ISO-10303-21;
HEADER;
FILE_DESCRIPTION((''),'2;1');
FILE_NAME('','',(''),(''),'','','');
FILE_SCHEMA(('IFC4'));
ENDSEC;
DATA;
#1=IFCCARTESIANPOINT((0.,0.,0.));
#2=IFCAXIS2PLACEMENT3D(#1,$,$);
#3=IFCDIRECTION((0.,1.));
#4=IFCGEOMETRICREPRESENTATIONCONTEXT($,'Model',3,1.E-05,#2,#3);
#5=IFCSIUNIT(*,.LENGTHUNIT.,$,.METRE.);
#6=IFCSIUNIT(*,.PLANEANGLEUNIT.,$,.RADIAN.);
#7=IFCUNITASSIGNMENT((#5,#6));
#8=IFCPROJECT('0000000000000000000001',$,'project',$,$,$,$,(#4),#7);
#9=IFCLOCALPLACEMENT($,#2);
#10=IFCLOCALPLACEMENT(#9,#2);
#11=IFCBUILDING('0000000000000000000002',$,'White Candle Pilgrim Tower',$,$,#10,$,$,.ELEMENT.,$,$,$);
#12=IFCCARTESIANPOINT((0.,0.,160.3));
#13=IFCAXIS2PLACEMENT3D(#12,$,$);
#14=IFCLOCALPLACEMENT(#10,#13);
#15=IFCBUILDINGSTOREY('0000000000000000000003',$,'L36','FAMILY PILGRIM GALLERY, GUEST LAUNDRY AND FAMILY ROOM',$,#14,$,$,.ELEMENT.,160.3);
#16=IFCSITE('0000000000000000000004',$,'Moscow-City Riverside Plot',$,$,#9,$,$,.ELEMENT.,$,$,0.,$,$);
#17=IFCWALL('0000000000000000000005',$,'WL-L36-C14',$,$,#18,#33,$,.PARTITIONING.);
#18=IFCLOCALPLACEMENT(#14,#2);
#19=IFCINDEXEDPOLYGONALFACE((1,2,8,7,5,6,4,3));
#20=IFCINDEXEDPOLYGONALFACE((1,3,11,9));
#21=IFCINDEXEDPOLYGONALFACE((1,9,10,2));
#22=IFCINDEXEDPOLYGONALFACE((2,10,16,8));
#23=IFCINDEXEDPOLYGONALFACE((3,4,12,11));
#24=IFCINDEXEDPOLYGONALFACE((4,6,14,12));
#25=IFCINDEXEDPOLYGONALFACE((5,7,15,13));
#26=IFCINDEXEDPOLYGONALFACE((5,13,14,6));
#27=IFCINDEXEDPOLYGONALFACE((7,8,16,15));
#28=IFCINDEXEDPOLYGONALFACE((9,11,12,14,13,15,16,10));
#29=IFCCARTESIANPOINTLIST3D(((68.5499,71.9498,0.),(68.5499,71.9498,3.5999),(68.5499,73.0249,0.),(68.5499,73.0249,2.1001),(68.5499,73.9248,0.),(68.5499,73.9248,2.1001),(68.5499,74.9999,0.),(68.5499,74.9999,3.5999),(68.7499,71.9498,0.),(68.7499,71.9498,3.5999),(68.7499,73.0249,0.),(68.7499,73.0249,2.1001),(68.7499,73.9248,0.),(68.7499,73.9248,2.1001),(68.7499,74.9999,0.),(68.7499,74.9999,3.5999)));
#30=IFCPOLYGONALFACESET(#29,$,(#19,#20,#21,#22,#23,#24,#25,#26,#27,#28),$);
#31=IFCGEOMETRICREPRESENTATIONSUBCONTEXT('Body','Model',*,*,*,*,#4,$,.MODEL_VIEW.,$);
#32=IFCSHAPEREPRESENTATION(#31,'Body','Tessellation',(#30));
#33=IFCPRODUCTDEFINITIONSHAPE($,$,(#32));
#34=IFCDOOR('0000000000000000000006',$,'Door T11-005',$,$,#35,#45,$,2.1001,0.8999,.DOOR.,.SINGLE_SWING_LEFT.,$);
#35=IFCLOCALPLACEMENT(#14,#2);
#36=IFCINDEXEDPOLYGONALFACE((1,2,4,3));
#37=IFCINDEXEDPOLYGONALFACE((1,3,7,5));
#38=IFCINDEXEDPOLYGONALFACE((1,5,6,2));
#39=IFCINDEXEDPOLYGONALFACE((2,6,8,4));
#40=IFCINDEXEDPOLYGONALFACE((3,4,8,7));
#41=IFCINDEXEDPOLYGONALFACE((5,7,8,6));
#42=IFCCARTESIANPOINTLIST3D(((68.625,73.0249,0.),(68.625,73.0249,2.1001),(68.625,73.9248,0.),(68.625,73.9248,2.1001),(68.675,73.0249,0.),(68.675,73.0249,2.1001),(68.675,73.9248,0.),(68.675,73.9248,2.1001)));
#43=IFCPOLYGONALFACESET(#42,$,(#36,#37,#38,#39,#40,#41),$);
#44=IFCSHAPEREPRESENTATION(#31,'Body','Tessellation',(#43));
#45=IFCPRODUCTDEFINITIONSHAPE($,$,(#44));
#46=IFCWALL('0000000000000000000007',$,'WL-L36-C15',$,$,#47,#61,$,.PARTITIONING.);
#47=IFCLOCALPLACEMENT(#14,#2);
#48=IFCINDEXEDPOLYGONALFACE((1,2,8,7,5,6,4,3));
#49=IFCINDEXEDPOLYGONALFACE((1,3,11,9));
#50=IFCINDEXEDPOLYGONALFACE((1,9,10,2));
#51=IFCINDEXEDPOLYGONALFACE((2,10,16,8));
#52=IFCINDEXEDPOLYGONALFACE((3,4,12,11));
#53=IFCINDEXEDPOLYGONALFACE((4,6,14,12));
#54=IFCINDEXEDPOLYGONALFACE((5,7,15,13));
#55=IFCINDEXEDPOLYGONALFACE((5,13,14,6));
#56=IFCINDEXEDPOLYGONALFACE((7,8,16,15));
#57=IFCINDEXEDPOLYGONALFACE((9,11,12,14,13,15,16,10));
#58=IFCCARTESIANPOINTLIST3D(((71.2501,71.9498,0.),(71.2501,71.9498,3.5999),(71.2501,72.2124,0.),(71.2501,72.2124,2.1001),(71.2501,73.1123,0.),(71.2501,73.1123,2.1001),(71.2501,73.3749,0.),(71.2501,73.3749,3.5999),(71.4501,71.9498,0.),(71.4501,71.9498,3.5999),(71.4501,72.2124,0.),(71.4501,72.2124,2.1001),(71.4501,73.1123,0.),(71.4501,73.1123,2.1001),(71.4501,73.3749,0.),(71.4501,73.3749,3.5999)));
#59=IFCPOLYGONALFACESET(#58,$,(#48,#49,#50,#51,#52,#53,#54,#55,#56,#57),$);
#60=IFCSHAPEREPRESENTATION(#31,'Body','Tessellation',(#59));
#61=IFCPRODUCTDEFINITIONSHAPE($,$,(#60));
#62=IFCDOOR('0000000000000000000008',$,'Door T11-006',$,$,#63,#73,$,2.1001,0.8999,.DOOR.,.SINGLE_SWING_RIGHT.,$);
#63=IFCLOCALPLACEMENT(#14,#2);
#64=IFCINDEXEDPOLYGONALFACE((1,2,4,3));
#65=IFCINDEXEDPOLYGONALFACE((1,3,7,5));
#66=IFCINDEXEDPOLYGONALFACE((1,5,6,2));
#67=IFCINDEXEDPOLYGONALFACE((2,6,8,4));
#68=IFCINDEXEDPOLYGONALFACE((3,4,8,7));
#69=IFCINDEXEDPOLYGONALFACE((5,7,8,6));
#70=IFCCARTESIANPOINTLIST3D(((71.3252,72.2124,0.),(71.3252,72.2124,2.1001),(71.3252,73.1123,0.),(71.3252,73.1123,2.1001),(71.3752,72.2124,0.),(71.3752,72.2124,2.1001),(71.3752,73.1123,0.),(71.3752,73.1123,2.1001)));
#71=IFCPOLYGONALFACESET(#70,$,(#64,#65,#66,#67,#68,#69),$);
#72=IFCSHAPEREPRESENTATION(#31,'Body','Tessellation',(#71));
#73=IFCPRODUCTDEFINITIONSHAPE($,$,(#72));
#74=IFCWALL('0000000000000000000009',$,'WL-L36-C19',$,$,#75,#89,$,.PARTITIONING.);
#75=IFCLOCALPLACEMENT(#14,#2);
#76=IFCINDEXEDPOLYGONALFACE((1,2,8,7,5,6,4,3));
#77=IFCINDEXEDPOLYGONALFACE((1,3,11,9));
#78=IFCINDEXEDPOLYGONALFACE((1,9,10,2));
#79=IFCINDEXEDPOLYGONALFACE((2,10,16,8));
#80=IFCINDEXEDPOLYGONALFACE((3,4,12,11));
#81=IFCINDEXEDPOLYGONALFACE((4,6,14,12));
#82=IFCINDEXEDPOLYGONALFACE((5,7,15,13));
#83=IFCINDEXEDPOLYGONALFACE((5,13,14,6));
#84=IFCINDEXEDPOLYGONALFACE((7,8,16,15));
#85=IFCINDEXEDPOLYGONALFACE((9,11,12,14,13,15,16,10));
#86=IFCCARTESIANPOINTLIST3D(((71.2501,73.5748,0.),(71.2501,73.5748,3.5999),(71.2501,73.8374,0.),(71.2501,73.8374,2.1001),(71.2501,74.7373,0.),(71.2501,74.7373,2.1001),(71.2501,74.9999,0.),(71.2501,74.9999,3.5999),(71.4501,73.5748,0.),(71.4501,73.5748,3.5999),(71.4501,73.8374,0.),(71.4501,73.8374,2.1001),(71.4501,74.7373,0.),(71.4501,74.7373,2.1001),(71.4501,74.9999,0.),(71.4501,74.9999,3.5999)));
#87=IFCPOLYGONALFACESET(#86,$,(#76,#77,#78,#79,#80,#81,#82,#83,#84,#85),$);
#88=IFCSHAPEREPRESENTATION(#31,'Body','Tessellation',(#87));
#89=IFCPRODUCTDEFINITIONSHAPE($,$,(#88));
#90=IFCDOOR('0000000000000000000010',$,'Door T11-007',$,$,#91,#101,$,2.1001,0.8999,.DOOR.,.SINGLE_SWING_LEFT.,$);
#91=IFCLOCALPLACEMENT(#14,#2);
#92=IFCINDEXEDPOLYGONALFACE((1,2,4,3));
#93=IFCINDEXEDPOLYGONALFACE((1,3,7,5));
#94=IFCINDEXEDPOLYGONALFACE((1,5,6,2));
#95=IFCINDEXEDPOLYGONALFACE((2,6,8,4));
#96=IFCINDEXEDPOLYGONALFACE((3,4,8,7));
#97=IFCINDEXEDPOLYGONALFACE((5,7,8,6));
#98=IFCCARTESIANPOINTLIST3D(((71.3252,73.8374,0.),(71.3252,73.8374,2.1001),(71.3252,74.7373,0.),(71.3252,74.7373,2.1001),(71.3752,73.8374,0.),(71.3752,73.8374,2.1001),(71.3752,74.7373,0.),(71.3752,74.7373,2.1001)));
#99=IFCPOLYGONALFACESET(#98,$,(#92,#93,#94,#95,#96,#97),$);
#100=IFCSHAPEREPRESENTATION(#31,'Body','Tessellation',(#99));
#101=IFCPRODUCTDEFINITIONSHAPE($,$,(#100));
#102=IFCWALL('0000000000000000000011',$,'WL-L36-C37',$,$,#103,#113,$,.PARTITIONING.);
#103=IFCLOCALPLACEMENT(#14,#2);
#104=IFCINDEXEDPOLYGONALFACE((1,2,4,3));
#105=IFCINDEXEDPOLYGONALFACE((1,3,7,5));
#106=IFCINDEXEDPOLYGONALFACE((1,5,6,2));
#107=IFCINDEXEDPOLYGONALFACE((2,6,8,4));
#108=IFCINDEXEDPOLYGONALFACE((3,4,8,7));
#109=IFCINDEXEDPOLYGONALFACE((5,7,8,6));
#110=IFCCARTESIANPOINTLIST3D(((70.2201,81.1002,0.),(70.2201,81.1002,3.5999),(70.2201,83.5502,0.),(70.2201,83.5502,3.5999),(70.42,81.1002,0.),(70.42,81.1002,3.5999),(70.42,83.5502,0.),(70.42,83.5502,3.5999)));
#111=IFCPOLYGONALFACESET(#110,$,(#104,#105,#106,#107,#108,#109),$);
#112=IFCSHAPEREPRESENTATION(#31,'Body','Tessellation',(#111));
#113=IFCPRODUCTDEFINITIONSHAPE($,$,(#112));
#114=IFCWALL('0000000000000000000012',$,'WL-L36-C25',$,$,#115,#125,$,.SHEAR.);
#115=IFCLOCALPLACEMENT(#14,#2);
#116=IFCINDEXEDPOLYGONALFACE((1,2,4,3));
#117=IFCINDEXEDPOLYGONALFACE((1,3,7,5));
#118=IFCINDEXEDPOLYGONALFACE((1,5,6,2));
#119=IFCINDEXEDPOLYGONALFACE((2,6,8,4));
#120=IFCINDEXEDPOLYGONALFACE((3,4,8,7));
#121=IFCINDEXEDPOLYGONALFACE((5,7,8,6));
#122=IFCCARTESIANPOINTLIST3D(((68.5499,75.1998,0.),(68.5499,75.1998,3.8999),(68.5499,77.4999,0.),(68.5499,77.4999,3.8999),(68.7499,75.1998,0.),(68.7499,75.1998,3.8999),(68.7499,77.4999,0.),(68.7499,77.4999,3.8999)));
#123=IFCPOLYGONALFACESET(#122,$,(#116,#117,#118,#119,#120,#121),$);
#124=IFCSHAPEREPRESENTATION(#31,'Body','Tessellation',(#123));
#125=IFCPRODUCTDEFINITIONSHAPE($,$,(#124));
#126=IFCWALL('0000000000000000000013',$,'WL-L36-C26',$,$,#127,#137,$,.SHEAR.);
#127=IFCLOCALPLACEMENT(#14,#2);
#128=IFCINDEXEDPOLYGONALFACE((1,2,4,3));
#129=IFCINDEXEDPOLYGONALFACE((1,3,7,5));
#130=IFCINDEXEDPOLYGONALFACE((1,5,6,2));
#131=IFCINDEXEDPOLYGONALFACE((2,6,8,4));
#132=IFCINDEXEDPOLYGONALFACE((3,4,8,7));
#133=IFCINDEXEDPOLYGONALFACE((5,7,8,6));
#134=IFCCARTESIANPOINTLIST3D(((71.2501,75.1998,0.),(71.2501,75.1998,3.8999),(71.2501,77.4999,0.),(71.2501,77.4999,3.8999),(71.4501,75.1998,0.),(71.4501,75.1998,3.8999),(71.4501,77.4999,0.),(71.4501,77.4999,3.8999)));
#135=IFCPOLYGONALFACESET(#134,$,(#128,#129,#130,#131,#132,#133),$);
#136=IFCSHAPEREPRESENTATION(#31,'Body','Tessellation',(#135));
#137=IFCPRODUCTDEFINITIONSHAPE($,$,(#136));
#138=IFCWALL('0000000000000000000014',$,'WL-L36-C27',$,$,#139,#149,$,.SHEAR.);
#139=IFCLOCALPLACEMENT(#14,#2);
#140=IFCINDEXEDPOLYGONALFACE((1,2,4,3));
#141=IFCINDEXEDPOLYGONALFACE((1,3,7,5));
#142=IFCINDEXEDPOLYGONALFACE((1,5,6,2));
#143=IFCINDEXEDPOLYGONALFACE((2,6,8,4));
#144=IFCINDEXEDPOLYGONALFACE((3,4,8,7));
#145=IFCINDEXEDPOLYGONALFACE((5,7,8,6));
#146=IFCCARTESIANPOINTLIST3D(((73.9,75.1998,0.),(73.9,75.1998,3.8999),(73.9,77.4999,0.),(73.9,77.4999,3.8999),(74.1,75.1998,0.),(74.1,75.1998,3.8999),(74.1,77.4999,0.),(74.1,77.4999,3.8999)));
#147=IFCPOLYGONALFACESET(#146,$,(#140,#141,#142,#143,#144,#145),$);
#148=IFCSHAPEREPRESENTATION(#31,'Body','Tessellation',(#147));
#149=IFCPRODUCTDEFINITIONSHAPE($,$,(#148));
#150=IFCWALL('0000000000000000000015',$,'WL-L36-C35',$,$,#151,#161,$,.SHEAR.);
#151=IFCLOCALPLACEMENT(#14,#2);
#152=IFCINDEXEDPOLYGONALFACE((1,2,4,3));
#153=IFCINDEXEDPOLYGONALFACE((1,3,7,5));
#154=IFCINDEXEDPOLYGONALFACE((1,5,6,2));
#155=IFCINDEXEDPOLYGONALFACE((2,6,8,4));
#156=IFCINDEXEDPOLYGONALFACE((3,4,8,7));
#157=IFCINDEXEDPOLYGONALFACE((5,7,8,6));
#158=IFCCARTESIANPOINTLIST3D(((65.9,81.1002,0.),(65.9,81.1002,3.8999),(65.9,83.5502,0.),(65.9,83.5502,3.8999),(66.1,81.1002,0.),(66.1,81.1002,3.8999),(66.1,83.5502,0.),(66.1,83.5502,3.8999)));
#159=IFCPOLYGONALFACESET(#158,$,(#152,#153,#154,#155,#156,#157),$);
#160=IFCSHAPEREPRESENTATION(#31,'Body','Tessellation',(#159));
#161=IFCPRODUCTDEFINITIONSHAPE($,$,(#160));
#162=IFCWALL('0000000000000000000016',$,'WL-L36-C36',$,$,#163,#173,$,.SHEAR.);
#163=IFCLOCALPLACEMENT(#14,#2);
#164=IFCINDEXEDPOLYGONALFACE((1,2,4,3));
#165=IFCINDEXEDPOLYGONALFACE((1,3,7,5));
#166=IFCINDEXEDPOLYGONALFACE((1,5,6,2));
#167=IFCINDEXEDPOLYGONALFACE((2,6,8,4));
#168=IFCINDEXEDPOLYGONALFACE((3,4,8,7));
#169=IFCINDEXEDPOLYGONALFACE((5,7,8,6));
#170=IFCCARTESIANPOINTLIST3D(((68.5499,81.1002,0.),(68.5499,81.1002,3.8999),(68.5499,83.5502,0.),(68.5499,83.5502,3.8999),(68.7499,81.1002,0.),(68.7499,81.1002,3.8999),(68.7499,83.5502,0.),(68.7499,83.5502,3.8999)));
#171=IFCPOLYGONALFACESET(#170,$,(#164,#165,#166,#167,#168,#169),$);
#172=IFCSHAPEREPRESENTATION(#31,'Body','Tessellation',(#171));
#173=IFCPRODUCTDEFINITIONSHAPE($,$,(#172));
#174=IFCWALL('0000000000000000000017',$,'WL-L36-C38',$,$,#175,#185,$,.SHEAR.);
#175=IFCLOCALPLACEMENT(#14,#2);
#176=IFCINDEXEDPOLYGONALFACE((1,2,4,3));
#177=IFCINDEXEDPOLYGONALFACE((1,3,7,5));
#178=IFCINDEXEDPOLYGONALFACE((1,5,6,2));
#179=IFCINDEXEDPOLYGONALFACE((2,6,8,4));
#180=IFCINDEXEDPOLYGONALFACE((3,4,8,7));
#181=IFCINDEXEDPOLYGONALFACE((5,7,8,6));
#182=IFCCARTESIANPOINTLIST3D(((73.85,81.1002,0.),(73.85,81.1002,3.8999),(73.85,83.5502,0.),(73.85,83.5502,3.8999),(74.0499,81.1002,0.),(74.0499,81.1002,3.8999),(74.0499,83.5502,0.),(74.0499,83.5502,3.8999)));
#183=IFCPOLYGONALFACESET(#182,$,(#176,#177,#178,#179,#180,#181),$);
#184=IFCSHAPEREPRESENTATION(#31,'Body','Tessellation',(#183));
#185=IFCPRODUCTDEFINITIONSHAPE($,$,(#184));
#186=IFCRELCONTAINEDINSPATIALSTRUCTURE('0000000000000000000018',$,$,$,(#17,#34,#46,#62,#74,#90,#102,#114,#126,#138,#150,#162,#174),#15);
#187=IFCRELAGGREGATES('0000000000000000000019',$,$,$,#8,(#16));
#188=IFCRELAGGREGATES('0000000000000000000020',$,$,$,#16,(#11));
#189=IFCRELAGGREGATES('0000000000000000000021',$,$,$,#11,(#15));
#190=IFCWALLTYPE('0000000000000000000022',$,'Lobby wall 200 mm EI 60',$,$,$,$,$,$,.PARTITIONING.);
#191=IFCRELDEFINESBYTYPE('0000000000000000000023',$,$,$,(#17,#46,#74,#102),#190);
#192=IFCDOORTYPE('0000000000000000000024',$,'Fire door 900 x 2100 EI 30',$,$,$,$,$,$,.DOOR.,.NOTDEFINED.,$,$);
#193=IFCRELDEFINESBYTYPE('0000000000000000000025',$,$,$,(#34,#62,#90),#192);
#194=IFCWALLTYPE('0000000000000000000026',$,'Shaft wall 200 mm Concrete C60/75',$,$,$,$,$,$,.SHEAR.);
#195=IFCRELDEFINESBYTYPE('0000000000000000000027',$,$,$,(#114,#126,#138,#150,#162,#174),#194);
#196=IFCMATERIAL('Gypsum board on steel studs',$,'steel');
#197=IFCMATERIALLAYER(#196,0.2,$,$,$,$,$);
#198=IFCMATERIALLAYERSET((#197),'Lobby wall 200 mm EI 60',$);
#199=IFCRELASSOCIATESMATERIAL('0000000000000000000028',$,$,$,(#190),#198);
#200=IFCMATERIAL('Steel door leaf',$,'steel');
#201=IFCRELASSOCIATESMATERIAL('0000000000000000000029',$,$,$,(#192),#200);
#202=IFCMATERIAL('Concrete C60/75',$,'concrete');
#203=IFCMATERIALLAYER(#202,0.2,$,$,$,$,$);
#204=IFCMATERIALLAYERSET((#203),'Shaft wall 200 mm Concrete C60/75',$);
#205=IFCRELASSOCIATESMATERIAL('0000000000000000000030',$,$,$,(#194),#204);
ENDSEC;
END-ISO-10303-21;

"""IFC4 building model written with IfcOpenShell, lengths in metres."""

from ifc_helpers import new_model, si_unit, direction, frame, frame_2d, origin, place, context, subcontext, project, spatial, rectangle, extrude, material, layer, layer_set, type_object, element, fill, save


model = new_model("IFC4")

# Units and contexts
model_context = context("Model", 3, precision=1e-05, world=origin(), true_north=direction((0.0, 1.0)))
body_context = subcontext(model_context, "Body", "Model", "MODEL_VIEW")
ifc_project = project(units=[si_unit("LENGTHUNIT", "METRE"), si_unit("PLANEANGLEUNIT", "RADIAN")], contexts=[model_context])

# Site, building, storey
site_placement = place(None, origin())
site = spatial("IfcSite", under=ifc_project, at=site_placement, Name="Moscow-City Riverside Plot", CompositionType="ELEMENT", RefElevation=0.0)
building_placement = place(site_placement, origin())
building = spatial("IfcBuilding", under=site, at=building_placement, Name="White Candle Pilgrim Tower", CompositionType="ELEMENT")
storey_placement = place(building_placement, frame((0.0, 0.0, 160.3)))
storey = spatial("IfcBuildingStorey", under=building, at=storey_placement, Name="L36", Description="FAMILY PILGRIM GALLERY, GUEST LAUNDRY AND FAMILY ROOM", CompositionType="ELEMENT", Elevation=160.3)

# Walls, openings, doors
ifc_material_1 = material(Name="Gypsum board on steel studs", Category="steel")
ifc_layer_1 = layer(ifc_material_1, 0.2)
ifc_layer_set_1 = layer_set([ifc_layer_1], Name="Lobby wall 200 mm EI 60")
wall_type_1 = type_object("IfcWallType", Name="Lobby wall 200 mm EI 60", PredefinedType="PARTITIONING", material=ifc_layer_set_1)
wall_1_placement = place(storey_placement, frame((68.6499, 71.95, 0.0), z_axis=(0.0, 0.0, 1.0), x_axis=(0.0, 1.0, 0.0)))
wall_1 = element("IfcWall", 1, at=wall_1_placement, inside=storey, type_object=wall_type_1, Name="WL-L36-C14", PredefinedType="PARTITIONING", context=body_context, shape_type="SweptSolid", body=[
    extrude(rectangle(XDim=3.05, YDim=0.2, at=frame_2d((1.5249, 0.0))), origin(), (0.0, 0.0, 1.0), 3.5999),
])
opening_1_placement = place(wall_1_placement, frame((1.075, 0.0, 0.0)))
opening_1 = element("IfcOpeningElement", 2, at=opening_1_placement, cuts=wall_1, PredefinedType="OPENING", context=body_context, shape_type="SweptSolid", body=[
    extrude(rectangle(XDim=0.8999, YDim=2.1001, at=frame_2d((0.45, 1.05))), frame((0.0, 0.1099, 0.0), z_axis=(0.0, -1.0, 0.0), x_axis=(1.0, 0.0, 0.0)), (0.0, 0.0, 1.0), 0.22),
])
ifc_material_2 = material(Name="Steel door leaf", Category="steel")
door_type_1 = type_object("IfcDoorType", Name="Fire door 900 x 2100 EI 30", OperationType="NOTDEFINED", PredefinedType="DOOR", material=ifc_material_2)
door_1_placement = place(opening_1_placement, origin())
door_1 = element("IfcDoor", 3, at=door_1_placement, inside=storey, type_object=door_type_1, Name="Door T11-005", OperationType="SINGLE_SWING_LEFT", OverallHeight=2.1001, OverallWidth=0.8999, PredefinedType="DOOR", context=body_context, shape_type="SweptSolid", body=[
    extrude(rectangle(XDim=0.8999, YDim=2.1001, at=frame_2d((0.45, 1.05))), frame((0.0, 0.0249, 0.0), z_axis=(0.0, -1.0, 0.0), x_axis=(1.0, 0.0, 0.0)), (0.0, 0.0, 1.0), 0.05),
])
fill(opening_1, door_1)
wall_2_placement = place(storey_placement, frame((71.3501, 71.95, 0.0), z_axis=(0.0, 0.0, 1.0), x_axis=(0.0, 1.0, 0.0)))
wall_2 = element("IfcWall", 4, at=wall_2_placement, inside=storey, type_object=wall_type_1, Name="WL-L36-C15", PredefinedType="PARTITIONING", context=body_context, shape_type="SweptSolid", body=[
    extrude(rectangle(XDim=1.425, YDim=0.2, at=frame_2d((0.7124, 0.0))), origin(), (0.0, 0.0, 1.0), 3.5999),
])
opening_2_placement = place(wall_2_placement, frame((0.2625, 0.0, 0.0)))
opening_2 = element("IfcOpeningElement", 5, at=opening_2_placement, cuts=wall_2, PredefinedType="OPENING", context=body_context, shape_type="SweptSolid", body=[
    extrude(rectangle(XDim=0.8999, YDim=2.1001, at=frame_2d((0.45, 1.05))), frame((0.0, 0.1099, 0.0), z_axis=(0.0, -1.0, 0.0), x_axis=(1.0, 0.0, 0.0)), (0.0, 0.0, 1.0), 0.22),
])
door_2_placement = place(opening_2_placement, origin())
door_2 = element("IfcDoor", 6, at=door_2_placement, inside=storey, type_object=door_type_1, Name="Door T11-006", OperationType="SINGLE_SWING_RIGHT", OverallHeight=2.1001, OverallWidth=0.8999, PredefinedType="DOOR", context=body_context, shape_type="SweptSolid", body=[
    extrude(rectangle(XDim=0.8999, YDim=2.1001, at=frame_2d((0.45, 1.05))), frame((0.0, 0.0249, 0.0), z_axis=(0.0, -1.0, 0.0), x_axis=(1.0, 0.0, 0.0)), (0.0, 0.0, 1.0), 0.05),
])
fill(opening_2, door_2)
wall_3_placement = place(storey_placement, frame((71.3501, 73.575, 0.0), z_axis=(0.0, 0.0, 1.0), x_axis=(0.0, 1.0, 0.0)))
wall_3 = element("IfcWall", 7, at=wall_3_placement, inside=storey, type_object=wall_type_1, Name="WL-L36-C19", PredefinedType="PARTITIONING", context=body_context, shape_type="SweptSolid", body=[
    extrude(rectangle(XDim=1.425, YDim=0.2, at=frame_2d((0.7124, 0.0))), origin(), (0.0, 0.0, 1.0), 3.5999),
])
opening_3_placement = place(wall_3_placement, frame((0.2625, 0.0, 0.0)))
opening_3 = element("IfcOpeningElement", 8, at=opening_3_placement, cuts=wall_3, PredefinedType="OPENING", context=body_context, shape_type="SweptSolid", body=[
    extrude(rectangle(XDim=0.8999, YDim=2.1001, at=frame_2d((0.45, 1.05))), frame((0.0, 0.1099, 0.0), z_axis=(0.0, -1.0, 0.0), x_axis=(1.0, 0.0, 0.0)), (0.0, 0.0, 1.0), 0.22),
])
door_3_placement = place(opening_3_placement, origin())
door_3 = element("IfcDoor", 9, at=door_3_placement, inside=storey, type_object=door_type_1, Name="Door T11-007", OperationType="SINGLE_SWING_LEFT", OverallHeight=2.1001, OverallWidth=0.8999, PredefinedType="DOOR", context=body_context, shape_type="SweptSolid", body=[
    extrude(rectangle(XDim=0.8999, YDim=2.1001, at=frame_2d((0.45, 1.05))), frame((0.0, 0.0249, 0.0), z_axis=(0.0, -1.0, 0.0), x_axis=(1.0, 0.0, 0.0)), (0.0, 0.0, 1.0), 0.05),
])
fill(opening_3, door_3)

# Walls
wall_4_placement = place(storey_placement, frame((70.3201, 81.1001, 0.0), z_axis=(0.0, 0.0, 1.0), x_axis=(0.0, 1.0, 0.0)))
element("IfcWall", 10, at=wall_4_placement, inside=storey, type_object=wall_type_1, Name="WL-L36-C37", PredefinedType="PARTITIONING", context=body_context, shape_type="SweptSolid", body=[
    extrude(rectangle(XDim=2.45, YDim=0.2, at=frame_2d((1.2251, 0.0))), origin(), (0.0, 0.0, 1.0), 3.5999),
])
ifc_material_3 = material(Name="Concrete C60/75", Category="concrete")
ifc_layer_2 = layer(ifc_material_3, 0.2)
ifc_layer_set_2 = layer_set([ifc_layer_2], Name="Shaft wall 200 mm Concrete C60/75")
wall_type_2 = type_object("IfcWallType", Name="Shaft wall 200 mm Concrete C60/75", PredefinedType="SHEAR", material=ifc_layer_set_2)
for number, where, z_axis, x_axis, name in (
    (11, (68.6499, 75.2, 0.0), (0.0, 0.0, 1.0), (0.0, 1.0, 0.0), "WL-L36-C25"),
    (12, (71.3501, 75.2, 0.0), (0.0, 0.0, 1.0), (0.0, 1.0, 0.0), "WL-L36-C26"),
    (13, (74.0, 75.2, 0.0), (0.0, 0.0, 1.0), (0.0, 1.0, 0.0), "WL-L36-C27"),
):
    element("IfcWall", number, at=place(storey_placement, frame(where, z_axis=z_axis, x_axis=x_axis)), inside=storey, type_object=wall_type_2, Name=name, PredefinedType="SHEAR", context=body_context, shape_type="SweptSolid", body=[
        extrude(rectangle(XDim=2.3, YDim=0.2, at=frame_2d((1.1499, 0.0))), origin(), (0.0, 0.0, 1.0), 3.8999),
    ])
for number, where, z_axis, x_axis, name in (
    (14, (66.0, 81.1001, 0.0), (0.0, 0.0, 1.0), (0.0, 1.0, 0.0), "WL-L36-C35"),
    (15, (68.6499, 81.1001, 0.0), (0.0, 0.0, 1.0), (0.0, 1.0, 0.0), "WL-L36-C36"),
    (16, (73.95, 81.1001, 0.0), (0.0, 0.0, 1.0), (0.0, 1.0, 0.0), "WL-L36-C38"),
):
    element("IfcWall", number, at=place(storey_placement, frame(where, z_axis=z_axis, x_axis=x_axis)), inside=storey, type_object=wall_type_2, Name=name, PredefinedType="SHEAR", context=body_context, shape_type="SweptSolid", body=[
        extrude(rectangle(XDim=2.45, YDim=0.2, at=frame_2d((1.2251, 0.0))), origin(), (0.0, 0.0, 1.0), 3.8999),
    ])

save(model, "model.ifc")
